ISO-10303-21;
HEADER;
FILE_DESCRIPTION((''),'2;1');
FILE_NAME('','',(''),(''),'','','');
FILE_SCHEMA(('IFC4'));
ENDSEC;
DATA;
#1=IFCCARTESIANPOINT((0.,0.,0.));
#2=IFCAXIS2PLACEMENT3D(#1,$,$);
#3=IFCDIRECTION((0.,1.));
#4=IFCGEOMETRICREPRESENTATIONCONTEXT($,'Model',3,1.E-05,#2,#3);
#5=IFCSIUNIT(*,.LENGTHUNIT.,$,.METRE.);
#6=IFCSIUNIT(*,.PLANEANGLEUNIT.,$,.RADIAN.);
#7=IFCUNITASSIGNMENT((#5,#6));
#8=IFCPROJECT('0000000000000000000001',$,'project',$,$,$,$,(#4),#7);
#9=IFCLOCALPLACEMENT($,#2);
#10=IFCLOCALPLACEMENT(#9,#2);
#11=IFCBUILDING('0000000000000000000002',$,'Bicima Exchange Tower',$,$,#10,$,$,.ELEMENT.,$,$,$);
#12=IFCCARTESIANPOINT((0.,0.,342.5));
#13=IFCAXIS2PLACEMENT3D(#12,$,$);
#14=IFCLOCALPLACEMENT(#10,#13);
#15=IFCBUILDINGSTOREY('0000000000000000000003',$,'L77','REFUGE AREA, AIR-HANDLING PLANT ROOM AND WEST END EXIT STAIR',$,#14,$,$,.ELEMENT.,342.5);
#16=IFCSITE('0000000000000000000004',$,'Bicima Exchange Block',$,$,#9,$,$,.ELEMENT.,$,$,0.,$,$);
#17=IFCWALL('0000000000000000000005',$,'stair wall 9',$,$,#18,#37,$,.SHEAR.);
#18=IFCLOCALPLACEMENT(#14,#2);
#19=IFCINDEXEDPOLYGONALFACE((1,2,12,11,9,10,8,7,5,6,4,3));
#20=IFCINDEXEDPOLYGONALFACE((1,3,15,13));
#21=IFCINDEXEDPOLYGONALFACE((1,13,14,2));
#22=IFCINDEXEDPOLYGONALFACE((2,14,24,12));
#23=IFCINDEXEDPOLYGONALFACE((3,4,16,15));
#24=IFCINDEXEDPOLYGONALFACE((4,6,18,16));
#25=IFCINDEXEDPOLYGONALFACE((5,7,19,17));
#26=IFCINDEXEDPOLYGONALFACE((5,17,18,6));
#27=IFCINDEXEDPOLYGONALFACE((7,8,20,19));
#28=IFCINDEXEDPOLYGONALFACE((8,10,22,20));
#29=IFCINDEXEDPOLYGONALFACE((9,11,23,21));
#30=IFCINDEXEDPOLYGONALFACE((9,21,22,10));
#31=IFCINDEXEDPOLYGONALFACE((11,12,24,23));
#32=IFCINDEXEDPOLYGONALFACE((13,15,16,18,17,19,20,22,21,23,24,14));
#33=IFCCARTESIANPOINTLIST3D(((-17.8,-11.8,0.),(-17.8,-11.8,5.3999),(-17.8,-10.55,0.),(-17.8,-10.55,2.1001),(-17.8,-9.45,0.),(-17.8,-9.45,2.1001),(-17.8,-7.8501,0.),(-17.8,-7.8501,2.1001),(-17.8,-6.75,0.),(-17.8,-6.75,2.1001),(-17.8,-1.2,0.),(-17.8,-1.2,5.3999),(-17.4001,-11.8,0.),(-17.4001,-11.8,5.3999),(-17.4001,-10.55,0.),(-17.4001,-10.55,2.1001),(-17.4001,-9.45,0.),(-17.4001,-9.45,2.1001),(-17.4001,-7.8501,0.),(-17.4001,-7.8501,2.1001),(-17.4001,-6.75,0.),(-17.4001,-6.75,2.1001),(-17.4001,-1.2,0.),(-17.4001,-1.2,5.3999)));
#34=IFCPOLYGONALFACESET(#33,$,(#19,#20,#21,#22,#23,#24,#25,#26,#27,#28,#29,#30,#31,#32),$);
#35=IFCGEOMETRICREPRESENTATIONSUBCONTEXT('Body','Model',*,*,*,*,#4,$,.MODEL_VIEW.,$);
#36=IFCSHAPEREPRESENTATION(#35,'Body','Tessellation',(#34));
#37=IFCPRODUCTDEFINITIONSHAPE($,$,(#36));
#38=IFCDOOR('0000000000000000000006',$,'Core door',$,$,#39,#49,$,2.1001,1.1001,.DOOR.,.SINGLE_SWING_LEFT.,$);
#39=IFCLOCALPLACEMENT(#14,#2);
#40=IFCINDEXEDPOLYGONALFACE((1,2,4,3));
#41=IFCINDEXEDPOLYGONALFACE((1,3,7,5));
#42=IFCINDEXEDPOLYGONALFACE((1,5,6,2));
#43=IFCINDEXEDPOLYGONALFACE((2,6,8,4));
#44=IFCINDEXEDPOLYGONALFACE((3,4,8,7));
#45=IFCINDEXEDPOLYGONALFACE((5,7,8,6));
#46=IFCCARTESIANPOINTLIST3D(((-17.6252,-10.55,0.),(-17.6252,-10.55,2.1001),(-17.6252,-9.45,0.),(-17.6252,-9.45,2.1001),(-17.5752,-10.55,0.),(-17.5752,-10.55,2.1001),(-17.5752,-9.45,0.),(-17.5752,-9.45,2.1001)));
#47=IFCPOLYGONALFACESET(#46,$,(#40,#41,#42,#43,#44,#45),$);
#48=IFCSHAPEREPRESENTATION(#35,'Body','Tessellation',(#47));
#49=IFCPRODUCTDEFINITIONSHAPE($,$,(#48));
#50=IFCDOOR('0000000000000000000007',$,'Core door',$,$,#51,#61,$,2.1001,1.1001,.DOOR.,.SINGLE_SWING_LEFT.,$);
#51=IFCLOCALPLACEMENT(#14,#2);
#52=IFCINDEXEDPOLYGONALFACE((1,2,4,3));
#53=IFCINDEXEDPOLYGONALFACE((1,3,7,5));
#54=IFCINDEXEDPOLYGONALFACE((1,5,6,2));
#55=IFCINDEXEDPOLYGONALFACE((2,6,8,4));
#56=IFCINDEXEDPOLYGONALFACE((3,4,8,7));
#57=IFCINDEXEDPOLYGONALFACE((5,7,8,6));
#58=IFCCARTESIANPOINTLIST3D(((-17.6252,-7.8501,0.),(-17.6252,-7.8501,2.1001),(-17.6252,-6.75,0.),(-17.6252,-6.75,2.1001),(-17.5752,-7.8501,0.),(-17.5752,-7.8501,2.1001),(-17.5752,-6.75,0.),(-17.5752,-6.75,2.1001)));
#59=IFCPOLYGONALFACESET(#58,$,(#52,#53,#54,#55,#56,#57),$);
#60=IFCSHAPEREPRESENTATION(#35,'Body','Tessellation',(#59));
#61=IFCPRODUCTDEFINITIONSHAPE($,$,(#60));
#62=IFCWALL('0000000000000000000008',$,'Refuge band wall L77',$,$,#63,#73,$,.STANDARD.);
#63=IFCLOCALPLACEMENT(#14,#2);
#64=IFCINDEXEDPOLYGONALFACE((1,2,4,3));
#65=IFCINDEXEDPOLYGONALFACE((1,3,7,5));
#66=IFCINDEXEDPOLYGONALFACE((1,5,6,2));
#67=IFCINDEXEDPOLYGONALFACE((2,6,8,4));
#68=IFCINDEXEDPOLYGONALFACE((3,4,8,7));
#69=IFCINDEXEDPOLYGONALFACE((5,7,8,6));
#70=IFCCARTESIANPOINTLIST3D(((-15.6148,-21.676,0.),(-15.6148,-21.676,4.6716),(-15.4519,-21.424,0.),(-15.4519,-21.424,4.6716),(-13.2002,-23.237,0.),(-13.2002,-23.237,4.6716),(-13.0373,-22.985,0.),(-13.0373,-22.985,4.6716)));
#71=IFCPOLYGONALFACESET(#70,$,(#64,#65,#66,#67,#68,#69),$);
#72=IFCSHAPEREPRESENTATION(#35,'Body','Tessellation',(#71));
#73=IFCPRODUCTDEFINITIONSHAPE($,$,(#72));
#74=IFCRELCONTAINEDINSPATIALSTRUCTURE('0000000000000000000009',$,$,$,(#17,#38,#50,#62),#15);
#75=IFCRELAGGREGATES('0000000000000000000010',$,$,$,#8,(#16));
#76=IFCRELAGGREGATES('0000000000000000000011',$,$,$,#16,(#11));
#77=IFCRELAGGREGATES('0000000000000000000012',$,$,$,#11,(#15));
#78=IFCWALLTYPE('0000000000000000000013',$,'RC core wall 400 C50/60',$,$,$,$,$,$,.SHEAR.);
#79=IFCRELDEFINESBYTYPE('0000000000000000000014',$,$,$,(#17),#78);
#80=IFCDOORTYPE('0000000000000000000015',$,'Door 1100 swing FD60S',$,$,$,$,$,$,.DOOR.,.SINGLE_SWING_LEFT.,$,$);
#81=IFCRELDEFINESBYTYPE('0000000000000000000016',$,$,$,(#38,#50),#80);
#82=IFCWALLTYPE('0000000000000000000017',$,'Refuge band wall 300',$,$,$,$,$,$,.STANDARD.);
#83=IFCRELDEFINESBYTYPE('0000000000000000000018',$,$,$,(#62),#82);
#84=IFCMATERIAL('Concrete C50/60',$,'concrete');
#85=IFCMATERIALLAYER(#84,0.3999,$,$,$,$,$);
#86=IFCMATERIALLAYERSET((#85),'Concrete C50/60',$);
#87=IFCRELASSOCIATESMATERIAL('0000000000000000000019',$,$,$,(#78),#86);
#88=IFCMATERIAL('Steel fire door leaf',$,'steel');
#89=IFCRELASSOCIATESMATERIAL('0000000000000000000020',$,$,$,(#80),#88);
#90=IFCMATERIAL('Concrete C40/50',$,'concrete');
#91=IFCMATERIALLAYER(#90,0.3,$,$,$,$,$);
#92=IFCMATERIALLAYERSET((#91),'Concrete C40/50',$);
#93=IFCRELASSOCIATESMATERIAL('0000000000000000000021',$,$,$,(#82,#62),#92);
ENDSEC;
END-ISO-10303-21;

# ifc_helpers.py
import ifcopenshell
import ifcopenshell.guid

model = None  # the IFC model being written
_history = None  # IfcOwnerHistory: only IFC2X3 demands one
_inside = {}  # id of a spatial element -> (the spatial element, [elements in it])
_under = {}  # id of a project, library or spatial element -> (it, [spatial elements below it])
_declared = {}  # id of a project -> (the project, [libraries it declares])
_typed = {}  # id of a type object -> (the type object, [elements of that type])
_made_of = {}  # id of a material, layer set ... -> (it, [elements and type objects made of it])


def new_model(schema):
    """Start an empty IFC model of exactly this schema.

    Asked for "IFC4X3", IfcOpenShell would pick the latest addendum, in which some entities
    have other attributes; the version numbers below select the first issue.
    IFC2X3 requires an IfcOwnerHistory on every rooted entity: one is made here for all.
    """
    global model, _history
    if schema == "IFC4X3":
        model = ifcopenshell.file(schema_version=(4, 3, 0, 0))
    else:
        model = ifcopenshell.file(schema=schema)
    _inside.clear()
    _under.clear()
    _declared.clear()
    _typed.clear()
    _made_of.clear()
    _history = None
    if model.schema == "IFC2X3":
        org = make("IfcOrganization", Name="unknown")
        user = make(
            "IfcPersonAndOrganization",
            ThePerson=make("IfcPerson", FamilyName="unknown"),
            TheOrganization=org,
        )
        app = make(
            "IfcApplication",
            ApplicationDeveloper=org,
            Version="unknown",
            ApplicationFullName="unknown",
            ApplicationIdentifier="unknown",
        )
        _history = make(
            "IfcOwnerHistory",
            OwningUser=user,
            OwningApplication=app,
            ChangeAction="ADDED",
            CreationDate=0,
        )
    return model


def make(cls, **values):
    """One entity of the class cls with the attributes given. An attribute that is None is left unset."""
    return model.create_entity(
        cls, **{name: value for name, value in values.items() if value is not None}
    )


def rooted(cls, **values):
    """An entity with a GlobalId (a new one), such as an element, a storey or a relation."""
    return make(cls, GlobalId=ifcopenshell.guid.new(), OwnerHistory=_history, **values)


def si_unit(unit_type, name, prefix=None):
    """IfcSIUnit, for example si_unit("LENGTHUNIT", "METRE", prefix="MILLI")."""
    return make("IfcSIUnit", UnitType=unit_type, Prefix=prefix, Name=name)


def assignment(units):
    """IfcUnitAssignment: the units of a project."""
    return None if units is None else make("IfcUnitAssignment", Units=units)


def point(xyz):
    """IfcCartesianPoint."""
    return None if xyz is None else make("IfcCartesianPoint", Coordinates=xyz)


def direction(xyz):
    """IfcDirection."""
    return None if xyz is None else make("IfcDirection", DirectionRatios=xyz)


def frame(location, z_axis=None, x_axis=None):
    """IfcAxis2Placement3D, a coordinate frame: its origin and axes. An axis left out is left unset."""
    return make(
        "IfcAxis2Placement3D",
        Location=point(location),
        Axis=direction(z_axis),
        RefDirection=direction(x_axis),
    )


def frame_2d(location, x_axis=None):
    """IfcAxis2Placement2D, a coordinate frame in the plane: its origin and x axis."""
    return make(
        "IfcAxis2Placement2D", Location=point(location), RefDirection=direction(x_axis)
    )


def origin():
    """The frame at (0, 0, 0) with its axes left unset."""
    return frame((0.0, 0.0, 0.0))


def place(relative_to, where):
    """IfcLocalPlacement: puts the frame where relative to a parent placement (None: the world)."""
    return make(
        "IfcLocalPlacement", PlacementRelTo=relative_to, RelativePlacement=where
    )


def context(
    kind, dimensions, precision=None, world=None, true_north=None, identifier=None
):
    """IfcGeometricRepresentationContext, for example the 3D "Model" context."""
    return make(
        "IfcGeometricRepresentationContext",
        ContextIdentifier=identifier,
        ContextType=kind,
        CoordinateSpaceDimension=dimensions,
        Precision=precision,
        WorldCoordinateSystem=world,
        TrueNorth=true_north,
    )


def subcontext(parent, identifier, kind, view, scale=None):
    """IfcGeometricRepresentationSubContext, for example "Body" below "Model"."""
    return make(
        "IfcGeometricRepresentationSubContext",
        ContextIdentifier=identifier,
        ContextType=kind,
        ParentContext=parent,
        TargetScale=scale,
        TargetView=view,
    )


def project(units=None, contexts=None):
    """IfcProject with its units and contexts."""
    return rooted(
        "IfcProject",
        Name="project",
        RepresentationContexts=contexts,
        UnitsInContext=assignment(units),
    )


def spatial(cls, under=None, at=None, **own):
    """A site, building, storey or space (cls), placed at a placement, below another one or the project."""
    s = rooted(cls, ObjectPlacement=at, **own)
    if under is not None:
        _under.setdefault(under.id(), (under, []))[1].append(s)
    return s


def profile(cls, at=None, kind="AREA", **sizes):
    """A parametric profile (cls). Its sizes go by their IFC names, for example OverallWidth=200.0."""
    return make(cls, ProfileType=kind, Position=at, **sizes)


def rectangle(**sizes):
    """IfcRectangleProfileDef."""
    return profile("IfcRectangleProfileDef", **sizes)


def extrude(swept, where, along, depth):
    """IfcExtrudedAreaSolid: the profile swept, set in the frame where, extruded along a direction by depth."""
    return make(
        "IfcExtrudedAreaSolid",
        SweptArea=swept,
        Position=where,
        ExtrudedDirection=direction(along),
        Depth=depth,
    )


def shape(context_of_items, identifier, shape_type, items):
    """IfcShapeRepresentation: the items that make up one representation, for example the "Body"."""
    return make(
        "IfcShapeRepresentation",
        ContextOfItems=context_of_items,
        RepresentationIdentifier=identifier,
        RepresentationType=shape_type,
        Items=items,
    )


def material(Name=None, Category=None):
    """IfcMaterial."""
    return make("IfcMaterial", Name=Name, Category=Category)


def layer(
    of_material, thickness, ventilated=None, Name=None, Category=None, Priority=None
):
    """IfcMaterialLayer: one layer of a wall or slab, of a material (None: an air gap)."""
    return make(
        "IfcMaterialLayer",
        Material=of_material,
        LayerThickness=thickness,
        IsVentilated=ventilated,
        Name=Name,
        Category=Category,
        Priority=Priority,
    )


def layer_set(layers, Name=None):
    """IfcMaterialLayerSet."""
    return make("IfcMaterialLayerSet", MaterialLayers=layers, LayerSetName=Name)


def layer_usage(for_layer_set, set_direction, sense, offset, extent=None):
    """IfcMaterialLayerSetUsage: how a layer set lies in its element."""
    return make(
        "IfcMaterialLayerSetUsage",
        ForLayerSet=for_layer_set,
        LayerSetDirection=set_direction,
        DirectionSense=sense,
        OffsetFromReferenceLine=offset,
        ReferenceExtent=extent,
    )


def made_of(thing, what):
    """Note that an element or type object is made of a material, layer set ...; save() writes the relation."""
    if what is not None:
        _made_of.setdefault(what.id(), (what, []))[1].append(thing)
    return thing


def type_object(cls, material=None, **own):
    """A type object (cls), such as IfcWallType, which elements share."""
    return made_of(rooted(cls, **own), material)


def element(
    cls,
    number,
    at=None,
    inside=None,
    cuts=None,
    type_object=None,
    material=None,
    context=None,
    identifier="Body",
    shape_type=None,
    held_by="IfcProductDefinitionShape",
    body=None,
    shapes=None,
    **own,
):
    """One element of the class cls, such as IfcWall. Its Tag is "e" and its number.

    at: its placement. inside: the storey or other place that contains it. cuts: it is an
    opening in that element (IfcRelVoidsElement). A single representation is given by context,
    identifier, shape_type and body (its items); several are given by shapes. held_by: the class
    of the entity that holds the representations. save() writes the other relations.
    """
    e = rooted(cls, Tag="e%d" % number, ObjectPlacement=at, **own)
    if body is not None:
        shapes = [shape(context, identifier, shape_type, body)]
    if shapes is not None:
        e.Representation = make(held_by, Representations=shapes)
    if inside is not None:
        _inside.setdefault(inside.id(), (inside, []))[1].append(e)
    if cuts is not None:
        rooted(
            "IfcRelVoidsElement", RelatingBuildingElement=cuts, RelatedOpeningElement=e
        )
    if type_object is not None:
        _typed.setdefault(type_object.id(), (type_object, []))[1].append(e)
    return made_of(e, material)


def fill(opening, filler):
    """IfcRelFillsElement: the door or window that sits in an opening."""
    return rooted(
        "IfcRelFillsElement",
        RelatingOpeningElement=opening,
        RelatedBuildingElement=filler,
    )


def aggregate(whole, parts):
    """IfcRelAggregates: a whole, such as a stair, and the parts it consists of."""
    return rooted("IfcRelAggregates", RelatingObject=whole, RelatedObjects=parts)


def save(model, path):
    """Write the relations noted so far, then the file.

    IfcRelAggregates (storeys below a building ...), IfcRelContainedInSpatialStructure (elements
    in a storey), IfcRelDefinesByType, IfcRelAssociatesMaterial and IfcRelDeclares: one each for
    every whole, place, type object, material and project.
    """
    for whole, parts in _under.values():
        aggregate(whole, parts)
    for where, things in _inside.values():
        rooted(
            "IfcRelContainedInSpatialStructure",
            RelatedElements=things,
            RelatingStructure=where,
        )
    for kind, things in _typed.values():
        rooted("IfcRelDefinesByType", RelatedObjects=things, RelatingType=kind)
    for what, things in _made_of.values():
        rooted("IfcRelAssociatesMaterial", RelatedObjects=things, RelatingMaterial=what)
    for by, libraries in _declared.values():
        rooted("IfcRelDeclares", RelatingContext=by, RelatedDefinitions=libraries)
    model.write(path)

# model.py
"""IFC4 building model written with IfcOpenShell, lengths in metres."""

from ifc_helpers import new_model, si_unit, direction, frame, frame_2d, origin, place, context, subcontext, project, spatial, rectangle, extrude, material, layer, layer_set, layer_usage, type_object, element, fill, save


model = new_model("IFC4")

# Units and contexts
model_context = context("Model", 3, precision=1e-05, world=origin(), true_north=direction((0.0, 1.0)))
body_context = subcontext(model_context, "Body", "Model", "MODEL_VIEW")
ifc_project = project(units=[si_unit("LENGTHUNIT", "METRE"), si_unit("PLANEANGLEUNIT", "RADIAN")], contexts=[model_context])

# Site, building, storey
site_placement = place(None, origin())
site = spatial("IfcSite", under=ifc_project, at=site_placement, Name="Bicima Exchange Block", CompositionType="ELEMENT", RefElevation=0.0)
building_placement = place(site_placement, origin())
building = spatial("IfcBuilding", under=site, at=building_placement, Name="Bicima Exchange Tower", CompositionType="ELEMENT")
storey_placement = place(building_placement, frame((0.0, 0.0, 342.5)))
storey = spatial("IfcBuildingStorey", under=building, at=storey_placement, Name="L77", Description="REFUGE AREA, AIR-HANDLING PLANT ROOM AND WEST END EXIT STAIR", CompositionType="ELEMENT", Elevation=342.5)

# Shared definitions
ifc_material_1 = material(Name="Steel fire door leaf", Category="steel")

# Shared definitions
ifc_material_2 = material(Name="Concrete C40/50", Category="concrete")

# Wall, openings, doors
ifc_material_3 = material(Name="Concrete C50/60", Category="concrete")
ifc_layer_1 = layer(ifc_material_3, 0.3999)
ifc_layer_set_1 = layer_set([ifc_layer_1], Name="Concrete C50/60")
wall_type_1 = type_object("IfcWallType", Name="RC core wall 400 C50/60", PredefinedType="SHEAR", material=ifc_layer_set_1)
wall_1_placement = place(storey_placement, frame((-17.6001, -11.8, 0.0), z_axis=(0.0, 0.0, 1.0), x_axis=(0.0, 1.0, 0.0)))
wall_1 = element("IfcWall", 1, at=wall_1_placement, inside=storey, type_object=wall_type_1, Name="stair wall 9", PredefinedType="SHEAR", context=body_context, shape_type="SweptSolid", body=[
    extrude(rectangle(XDim=10.6001, YDim=0.3999, at=frame_2d((5.3, 0.0))), origin(), (0.0, 0.0, 1.0), 5.3999),
])
opening_1_placement = place(wall_1_placement, frame((1.25, 0.0, 0.0)))
opening_1 = element("IfcOpeningElement", 2, at=opening_1_placement, cuts=wall_1, PredefinedType="OPENING", context=body_context, shape_type="SweptSolid", body=[
    extrude(rectangle(XDim=1.1001, YDim=2.1001, at=frame_2d((0.55, 1.05))), frame((0.0, 0.2119, 0.0), z_axis=(0.0, -1.0, 0.0), x_axis=(1.0, 0.0, 0.0)), (0.0, 0.0, 1.0), 0.4238),
])
opening_2_placement = place(wall_1_placement, frame((3.95, 0.0, 0.0)))
opening_2 = element("IfcOpeningElement", 3, at=opening_2_placement, cuts=wall_1, PredefinedType="OPENING", context=body_context, shape_type="SweptSolid", body=[
    extrude(rectangle(XDim=1.1001, YDim=2.1001, at=frame_2d((0.55, 1.05))), frame((0.0, 0.2119, 0.0), z_axis=(0.0, -1.0, 0.0), x_axis=(1.0, 0.0, 0.0)), (0.0, 0.0, 1.0), 0.4238),
])
door_type_1 = type_object("IfcDoorType", Name="Door 1100 swing FD60S", OperationType="SINGLE_SWING_LEFT", PredefinedType="DOOR", material=ifc_material_1)
door_1_placement = place(opening_1_placement, frame((1.1001, 0.0, 0.0), z_axis=(0.0, 0.0, 1.0), x_axis=(-1.0, 0.0, 0.0)))
door_1 = element("IfcDoor", 4, at=door_1_placement, inside=storey, type_object=door_type_1, Name="Core door", OperationType="SINGLE_SWING_LEFT", OverallHeight=2.1001, OverallWidth=1.1001, PredefinedType="DOOR", context=body_context, shape_type="SweptSolid", body=[
    extrude(rectangle(XDim=1.1001, YDim=2.1001, at=frame_2d((0.55, 1.05))), frame((0.0, 0.0249, 0.0), z_axis=(0.0, -1.0, 0.0), x_axis=(1.0, 0.0, 0.0)), (0.0, 0.0, 1.0), 0.05),
])
fill(opening_1, door_1)
door_2_placement = place(opening_2_placement, frame((1.1001, 0.0, 0.0), z_axis=(0.0, 0.0, 1.0), x_axis=(-1.0, 0.0, 0.0)))
door_2 = element("IfcDoor", 5, at=door_2_placement, inside=storey, type_object=door_type_1, Name="Core door", OperationType="SINGLE_SWING_LEFT", OverallHeight=2.1001, OverallWidth=1.1001, PredefinedType="DOOR", context=body_context, shape_type="SweptSolid", body=[
    extrude(rectangle(XDim=1.1001, YDim=2.1001, at=frame_2d((0.55, 1.05))), frame((0.0, 0.0249, 0.0), z_axis=(0.0, -1.0, 0.0), x_axis=(1.0, 0.0, 0.0)), (0.0, 0.0, 1.0), 0.05),
])
fill(opening_2, door_2)

# Wall
ifc_layer_2 = layer(ifc_material_2, 0.3)
ifc_layer_set_2 = layer_set([ifc_layer_2], Name="Concrete C40/50")
ifc_layer_usage = layer_usage(ifc_layer_set_2, "AXIS2", "POSITIVE", -0.15)
wall_type_2 = type_object("IfcWallType", Name="Refuge band wall 300", PredefinedType="STANDARD", material=ifc_layer_set_2)
wall_2_placement = place(storey_placement, frame((-15.5332, -21.55, 0.0), z_axis=(0.0, 0.0, 1.0), x_axis=(0.83978, -0.542927, 0.0)))
element("IfcWall", 6, at=wall_2_placement, inside=storey, type_object=wall_type_2, material=ifc_layer_usage, Name="Refuge band wall L77", PredefinedType="STANDARD", context=body_context, shape_type="SweptSolid", body=[
    extrude(rectangle(XDim=2.8752, YDim=0.3, at=frame_2d((1.4375, 0.0))), origin(), (0.0, 0.0, 1.0), 4.6716),
])

save(model, "model.ifc")
